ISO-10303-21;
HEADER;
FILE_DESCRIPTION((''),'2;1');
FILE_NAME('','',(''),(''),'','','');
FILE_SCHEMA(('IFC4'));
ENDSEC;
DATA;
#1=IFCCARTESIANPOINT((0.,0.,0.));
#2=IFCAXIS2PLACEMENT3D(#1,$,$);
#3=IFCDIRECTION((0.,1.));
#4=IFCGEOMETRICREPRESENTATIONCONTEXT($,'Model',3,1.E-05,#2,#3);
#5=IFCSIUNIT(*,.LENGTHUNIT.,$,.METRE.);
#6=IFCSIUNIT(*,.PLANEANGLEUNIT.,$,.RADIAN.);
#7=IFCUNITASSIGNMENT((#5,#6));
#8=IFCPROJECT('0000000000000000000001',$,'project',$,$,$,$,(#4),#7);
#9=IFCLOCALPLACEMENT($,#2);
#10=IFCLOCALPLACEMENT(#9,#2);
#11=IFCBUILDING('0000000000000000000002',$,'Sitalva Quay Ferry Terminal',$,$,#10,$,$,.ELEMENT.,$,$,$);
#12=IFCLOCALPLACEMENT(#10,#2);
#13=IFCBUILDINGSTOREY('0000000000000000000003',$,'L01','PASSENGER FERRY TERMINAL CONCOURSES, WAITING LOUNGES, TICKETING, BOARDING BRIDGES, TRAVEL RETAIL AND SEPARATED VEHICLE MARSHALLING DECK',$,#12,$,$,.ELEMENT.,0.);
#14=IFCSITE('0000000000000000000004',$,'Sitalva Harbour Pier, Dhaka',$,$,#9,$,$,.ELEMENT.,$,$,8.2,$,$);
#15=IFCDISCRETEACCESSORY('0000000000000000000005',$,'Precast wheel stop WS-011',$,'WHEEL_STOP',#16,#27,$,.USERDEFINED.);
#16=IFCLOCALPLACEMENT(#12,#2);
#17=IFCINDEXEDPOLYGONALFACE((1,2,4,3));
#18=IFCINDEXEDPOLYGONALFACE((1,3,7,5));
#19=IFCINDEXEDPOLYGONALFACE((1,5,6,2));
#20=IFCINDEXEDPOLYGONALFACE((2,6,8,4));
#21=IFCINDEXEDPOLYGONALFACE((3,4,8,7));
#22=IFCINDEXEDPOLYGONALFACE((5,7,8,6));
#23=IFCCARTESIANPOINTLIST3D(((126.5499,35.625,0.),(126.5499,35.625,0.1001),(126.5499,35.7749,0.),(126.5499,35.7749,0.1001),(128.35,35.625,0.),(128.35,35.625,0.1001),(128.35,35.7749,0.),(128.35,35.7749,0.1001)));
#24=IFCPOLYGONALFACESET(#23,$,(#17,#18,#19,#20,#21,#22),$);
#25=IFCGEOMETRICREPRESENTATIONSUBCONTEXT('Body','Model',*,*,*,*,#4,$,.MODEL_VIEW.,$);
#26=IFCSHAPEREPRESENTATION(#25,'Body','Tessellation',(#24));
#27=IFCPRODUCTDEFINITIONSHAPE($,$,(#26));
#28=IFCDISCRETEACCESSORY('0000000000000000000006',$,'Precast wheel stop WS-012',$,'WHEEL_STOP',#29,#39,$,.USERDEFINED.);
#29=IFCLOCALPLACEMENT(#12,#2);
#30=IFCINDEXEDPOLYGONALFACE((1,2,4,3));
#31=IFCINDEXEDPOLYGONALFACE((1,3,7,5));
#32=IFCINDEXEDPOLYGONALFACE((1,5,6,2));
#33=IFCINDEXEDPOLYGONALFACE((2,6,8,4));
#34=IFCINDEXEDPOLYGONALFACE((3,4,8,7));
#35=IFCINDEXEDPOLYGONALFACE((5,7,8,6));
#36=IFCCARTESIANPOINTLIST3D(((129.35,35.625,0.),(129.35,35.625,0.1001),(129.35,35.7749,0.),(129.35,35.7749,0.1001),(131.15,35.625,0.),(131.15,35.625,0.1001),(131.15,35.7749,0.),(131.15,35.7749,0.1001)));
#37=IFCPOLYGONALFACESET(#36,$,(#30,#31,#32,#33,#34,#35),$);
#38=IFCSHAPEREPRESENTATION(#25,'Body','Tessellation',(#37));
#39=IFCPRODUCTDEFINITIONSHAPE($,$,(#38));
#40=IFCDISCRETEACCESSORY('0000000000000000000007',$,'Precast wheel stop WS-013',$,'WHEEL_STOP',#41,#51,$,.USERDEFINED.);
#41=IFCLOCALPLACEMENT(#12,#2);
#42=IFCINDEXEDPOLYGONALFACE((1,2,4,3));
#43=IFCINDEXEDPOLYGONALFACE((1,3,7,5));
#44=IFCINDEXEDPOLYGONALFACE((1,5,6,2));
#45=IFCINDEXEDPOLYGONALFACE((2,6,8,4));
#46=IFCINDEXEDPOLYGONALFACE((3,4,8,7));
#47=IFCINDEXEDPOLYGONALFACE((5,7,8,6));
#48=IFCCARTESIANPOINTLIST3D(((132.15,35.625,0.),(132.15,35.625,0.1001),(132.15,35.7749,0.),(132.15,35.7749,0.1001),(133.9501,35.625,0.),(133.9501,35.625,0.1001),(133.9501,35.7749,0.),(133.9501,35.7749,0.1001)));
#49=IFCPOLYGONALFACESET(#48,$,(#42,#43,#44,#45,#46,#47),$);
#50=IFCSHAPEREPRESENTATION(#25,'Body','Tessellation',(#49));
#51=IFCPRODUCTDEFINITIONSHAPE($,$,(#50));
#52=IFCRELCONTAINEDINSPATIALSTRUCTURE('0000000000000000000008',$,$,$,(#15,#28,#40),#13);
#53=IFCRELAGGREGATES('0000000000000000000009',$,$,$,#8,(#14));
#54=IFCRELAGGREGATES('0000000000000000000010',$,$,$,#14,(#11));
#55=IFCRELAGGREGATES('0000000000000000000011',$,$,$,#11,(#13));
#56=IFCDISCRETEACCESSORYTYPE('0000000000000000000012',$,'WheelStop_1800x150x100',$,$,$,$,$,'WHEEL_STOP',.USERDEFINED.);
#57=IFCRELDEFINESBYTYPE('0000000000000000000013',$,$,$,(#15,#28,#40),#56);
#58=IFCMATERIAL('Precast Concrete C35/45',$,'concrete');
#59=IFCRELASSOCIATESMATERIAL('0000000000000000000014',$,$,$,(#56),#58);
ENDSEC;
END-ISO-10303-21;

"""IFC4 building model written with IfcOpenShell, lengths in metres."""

from ifc_helpers import new_model, si_unit, direction, frame, origin, origin_2d, place, context, subcontext, project, spatial, rectangle, extrude, material, type_object, element, save


model = new_model("IFC4")

# Units and contexts
model_context = context("Model", 3, precision=1e-05, world=origin(), true_north=direction((0.0, 1.0)))
body_context = subcontext(model_context, "Body", "Model", "MODEL_VIEW")
ifc_project = project(units=[si_unit("LENGTHUNIT", "METRE"), si_unit("PLANEANGLEUNIT", "RADIAN")], contexts=[model_context])

# Site, building, storey
site_placement = place(None, origin())
site = spatial("IfcSite", under=ifc_project, at=site_placement, Name="Sitalva Harbour Pier, Dhaka", CompositionType="ELEMENT", RefElevation=8.2)
building_placement = place(site_placement, origin())
building = spatial("IfcBuilding", under=site, at=building_placement, Name="Sitalva Quay Ferry Terminal", CompositionType="ELEMENT")
storey_placement = place(building_placement, origin())
storey = spatial("IfcBuildingStorey", under=building, at=storey_placement, Name="L01", Description="PASSENGER FERRY TERMINAL CONCOURSES, WAITING LOUNGES, TICKETING, BOARDING BRIDGES, TRAVEL RETAIL AND SEPARATED VEHICLE MARSHALLING DECK", CompositionType="ELEMENT", Elevation=0.0)

# Discrete accessories
ifc_material_1 = material(Name="Precast Concrete C35/45", Category="concrete")
discrete_accessory_type_1 = type_object("IfcDiscreteAccessoryType", Name="WheelStop_1800x150x100", ElementType="WHEEL_STOP", PredefinedType="USERDEFINED", material=ifc_material_1)
for number, where, z_axis, x_axis, name in (
    (1, (127.45, 35.7, 0.0), (0.0, 0.0, 1.0), (1.0, 0.0, 0.0), "Precast wheel stop WS-011"),
    (2, (130.25, 35.7, 0.0), (0.0, 0.0, 1.0), (1.0, 0.0, 0.0), "Precast wheel stop WS-012"),
    (3, (133.05, 35.7, 0.0), (0.0, 0.0, 1.0), (1.0, 0.0, 0.0), "Precast wheel stop WS-013"),
):
    element("IfcDiscreteAccessory", number, at=place(storey_placement, frame(where, z_axis=z_axis, x_axis=x_axis)), inside=storey, type_object=discrete_accessory_type_1, Name=name, ObjectType="WHEEL_STOP", PredefinedType="USERDEFINED", context=body_context, shape_type="SweptSolid", body=[
        extrude(rectangle(XDim=1.8, YDim=0.1499, at=origin_2d()), origin(), (0.0, 0.0, 1.0), 0.1001),
    ])

save(model, "model.ifc")
